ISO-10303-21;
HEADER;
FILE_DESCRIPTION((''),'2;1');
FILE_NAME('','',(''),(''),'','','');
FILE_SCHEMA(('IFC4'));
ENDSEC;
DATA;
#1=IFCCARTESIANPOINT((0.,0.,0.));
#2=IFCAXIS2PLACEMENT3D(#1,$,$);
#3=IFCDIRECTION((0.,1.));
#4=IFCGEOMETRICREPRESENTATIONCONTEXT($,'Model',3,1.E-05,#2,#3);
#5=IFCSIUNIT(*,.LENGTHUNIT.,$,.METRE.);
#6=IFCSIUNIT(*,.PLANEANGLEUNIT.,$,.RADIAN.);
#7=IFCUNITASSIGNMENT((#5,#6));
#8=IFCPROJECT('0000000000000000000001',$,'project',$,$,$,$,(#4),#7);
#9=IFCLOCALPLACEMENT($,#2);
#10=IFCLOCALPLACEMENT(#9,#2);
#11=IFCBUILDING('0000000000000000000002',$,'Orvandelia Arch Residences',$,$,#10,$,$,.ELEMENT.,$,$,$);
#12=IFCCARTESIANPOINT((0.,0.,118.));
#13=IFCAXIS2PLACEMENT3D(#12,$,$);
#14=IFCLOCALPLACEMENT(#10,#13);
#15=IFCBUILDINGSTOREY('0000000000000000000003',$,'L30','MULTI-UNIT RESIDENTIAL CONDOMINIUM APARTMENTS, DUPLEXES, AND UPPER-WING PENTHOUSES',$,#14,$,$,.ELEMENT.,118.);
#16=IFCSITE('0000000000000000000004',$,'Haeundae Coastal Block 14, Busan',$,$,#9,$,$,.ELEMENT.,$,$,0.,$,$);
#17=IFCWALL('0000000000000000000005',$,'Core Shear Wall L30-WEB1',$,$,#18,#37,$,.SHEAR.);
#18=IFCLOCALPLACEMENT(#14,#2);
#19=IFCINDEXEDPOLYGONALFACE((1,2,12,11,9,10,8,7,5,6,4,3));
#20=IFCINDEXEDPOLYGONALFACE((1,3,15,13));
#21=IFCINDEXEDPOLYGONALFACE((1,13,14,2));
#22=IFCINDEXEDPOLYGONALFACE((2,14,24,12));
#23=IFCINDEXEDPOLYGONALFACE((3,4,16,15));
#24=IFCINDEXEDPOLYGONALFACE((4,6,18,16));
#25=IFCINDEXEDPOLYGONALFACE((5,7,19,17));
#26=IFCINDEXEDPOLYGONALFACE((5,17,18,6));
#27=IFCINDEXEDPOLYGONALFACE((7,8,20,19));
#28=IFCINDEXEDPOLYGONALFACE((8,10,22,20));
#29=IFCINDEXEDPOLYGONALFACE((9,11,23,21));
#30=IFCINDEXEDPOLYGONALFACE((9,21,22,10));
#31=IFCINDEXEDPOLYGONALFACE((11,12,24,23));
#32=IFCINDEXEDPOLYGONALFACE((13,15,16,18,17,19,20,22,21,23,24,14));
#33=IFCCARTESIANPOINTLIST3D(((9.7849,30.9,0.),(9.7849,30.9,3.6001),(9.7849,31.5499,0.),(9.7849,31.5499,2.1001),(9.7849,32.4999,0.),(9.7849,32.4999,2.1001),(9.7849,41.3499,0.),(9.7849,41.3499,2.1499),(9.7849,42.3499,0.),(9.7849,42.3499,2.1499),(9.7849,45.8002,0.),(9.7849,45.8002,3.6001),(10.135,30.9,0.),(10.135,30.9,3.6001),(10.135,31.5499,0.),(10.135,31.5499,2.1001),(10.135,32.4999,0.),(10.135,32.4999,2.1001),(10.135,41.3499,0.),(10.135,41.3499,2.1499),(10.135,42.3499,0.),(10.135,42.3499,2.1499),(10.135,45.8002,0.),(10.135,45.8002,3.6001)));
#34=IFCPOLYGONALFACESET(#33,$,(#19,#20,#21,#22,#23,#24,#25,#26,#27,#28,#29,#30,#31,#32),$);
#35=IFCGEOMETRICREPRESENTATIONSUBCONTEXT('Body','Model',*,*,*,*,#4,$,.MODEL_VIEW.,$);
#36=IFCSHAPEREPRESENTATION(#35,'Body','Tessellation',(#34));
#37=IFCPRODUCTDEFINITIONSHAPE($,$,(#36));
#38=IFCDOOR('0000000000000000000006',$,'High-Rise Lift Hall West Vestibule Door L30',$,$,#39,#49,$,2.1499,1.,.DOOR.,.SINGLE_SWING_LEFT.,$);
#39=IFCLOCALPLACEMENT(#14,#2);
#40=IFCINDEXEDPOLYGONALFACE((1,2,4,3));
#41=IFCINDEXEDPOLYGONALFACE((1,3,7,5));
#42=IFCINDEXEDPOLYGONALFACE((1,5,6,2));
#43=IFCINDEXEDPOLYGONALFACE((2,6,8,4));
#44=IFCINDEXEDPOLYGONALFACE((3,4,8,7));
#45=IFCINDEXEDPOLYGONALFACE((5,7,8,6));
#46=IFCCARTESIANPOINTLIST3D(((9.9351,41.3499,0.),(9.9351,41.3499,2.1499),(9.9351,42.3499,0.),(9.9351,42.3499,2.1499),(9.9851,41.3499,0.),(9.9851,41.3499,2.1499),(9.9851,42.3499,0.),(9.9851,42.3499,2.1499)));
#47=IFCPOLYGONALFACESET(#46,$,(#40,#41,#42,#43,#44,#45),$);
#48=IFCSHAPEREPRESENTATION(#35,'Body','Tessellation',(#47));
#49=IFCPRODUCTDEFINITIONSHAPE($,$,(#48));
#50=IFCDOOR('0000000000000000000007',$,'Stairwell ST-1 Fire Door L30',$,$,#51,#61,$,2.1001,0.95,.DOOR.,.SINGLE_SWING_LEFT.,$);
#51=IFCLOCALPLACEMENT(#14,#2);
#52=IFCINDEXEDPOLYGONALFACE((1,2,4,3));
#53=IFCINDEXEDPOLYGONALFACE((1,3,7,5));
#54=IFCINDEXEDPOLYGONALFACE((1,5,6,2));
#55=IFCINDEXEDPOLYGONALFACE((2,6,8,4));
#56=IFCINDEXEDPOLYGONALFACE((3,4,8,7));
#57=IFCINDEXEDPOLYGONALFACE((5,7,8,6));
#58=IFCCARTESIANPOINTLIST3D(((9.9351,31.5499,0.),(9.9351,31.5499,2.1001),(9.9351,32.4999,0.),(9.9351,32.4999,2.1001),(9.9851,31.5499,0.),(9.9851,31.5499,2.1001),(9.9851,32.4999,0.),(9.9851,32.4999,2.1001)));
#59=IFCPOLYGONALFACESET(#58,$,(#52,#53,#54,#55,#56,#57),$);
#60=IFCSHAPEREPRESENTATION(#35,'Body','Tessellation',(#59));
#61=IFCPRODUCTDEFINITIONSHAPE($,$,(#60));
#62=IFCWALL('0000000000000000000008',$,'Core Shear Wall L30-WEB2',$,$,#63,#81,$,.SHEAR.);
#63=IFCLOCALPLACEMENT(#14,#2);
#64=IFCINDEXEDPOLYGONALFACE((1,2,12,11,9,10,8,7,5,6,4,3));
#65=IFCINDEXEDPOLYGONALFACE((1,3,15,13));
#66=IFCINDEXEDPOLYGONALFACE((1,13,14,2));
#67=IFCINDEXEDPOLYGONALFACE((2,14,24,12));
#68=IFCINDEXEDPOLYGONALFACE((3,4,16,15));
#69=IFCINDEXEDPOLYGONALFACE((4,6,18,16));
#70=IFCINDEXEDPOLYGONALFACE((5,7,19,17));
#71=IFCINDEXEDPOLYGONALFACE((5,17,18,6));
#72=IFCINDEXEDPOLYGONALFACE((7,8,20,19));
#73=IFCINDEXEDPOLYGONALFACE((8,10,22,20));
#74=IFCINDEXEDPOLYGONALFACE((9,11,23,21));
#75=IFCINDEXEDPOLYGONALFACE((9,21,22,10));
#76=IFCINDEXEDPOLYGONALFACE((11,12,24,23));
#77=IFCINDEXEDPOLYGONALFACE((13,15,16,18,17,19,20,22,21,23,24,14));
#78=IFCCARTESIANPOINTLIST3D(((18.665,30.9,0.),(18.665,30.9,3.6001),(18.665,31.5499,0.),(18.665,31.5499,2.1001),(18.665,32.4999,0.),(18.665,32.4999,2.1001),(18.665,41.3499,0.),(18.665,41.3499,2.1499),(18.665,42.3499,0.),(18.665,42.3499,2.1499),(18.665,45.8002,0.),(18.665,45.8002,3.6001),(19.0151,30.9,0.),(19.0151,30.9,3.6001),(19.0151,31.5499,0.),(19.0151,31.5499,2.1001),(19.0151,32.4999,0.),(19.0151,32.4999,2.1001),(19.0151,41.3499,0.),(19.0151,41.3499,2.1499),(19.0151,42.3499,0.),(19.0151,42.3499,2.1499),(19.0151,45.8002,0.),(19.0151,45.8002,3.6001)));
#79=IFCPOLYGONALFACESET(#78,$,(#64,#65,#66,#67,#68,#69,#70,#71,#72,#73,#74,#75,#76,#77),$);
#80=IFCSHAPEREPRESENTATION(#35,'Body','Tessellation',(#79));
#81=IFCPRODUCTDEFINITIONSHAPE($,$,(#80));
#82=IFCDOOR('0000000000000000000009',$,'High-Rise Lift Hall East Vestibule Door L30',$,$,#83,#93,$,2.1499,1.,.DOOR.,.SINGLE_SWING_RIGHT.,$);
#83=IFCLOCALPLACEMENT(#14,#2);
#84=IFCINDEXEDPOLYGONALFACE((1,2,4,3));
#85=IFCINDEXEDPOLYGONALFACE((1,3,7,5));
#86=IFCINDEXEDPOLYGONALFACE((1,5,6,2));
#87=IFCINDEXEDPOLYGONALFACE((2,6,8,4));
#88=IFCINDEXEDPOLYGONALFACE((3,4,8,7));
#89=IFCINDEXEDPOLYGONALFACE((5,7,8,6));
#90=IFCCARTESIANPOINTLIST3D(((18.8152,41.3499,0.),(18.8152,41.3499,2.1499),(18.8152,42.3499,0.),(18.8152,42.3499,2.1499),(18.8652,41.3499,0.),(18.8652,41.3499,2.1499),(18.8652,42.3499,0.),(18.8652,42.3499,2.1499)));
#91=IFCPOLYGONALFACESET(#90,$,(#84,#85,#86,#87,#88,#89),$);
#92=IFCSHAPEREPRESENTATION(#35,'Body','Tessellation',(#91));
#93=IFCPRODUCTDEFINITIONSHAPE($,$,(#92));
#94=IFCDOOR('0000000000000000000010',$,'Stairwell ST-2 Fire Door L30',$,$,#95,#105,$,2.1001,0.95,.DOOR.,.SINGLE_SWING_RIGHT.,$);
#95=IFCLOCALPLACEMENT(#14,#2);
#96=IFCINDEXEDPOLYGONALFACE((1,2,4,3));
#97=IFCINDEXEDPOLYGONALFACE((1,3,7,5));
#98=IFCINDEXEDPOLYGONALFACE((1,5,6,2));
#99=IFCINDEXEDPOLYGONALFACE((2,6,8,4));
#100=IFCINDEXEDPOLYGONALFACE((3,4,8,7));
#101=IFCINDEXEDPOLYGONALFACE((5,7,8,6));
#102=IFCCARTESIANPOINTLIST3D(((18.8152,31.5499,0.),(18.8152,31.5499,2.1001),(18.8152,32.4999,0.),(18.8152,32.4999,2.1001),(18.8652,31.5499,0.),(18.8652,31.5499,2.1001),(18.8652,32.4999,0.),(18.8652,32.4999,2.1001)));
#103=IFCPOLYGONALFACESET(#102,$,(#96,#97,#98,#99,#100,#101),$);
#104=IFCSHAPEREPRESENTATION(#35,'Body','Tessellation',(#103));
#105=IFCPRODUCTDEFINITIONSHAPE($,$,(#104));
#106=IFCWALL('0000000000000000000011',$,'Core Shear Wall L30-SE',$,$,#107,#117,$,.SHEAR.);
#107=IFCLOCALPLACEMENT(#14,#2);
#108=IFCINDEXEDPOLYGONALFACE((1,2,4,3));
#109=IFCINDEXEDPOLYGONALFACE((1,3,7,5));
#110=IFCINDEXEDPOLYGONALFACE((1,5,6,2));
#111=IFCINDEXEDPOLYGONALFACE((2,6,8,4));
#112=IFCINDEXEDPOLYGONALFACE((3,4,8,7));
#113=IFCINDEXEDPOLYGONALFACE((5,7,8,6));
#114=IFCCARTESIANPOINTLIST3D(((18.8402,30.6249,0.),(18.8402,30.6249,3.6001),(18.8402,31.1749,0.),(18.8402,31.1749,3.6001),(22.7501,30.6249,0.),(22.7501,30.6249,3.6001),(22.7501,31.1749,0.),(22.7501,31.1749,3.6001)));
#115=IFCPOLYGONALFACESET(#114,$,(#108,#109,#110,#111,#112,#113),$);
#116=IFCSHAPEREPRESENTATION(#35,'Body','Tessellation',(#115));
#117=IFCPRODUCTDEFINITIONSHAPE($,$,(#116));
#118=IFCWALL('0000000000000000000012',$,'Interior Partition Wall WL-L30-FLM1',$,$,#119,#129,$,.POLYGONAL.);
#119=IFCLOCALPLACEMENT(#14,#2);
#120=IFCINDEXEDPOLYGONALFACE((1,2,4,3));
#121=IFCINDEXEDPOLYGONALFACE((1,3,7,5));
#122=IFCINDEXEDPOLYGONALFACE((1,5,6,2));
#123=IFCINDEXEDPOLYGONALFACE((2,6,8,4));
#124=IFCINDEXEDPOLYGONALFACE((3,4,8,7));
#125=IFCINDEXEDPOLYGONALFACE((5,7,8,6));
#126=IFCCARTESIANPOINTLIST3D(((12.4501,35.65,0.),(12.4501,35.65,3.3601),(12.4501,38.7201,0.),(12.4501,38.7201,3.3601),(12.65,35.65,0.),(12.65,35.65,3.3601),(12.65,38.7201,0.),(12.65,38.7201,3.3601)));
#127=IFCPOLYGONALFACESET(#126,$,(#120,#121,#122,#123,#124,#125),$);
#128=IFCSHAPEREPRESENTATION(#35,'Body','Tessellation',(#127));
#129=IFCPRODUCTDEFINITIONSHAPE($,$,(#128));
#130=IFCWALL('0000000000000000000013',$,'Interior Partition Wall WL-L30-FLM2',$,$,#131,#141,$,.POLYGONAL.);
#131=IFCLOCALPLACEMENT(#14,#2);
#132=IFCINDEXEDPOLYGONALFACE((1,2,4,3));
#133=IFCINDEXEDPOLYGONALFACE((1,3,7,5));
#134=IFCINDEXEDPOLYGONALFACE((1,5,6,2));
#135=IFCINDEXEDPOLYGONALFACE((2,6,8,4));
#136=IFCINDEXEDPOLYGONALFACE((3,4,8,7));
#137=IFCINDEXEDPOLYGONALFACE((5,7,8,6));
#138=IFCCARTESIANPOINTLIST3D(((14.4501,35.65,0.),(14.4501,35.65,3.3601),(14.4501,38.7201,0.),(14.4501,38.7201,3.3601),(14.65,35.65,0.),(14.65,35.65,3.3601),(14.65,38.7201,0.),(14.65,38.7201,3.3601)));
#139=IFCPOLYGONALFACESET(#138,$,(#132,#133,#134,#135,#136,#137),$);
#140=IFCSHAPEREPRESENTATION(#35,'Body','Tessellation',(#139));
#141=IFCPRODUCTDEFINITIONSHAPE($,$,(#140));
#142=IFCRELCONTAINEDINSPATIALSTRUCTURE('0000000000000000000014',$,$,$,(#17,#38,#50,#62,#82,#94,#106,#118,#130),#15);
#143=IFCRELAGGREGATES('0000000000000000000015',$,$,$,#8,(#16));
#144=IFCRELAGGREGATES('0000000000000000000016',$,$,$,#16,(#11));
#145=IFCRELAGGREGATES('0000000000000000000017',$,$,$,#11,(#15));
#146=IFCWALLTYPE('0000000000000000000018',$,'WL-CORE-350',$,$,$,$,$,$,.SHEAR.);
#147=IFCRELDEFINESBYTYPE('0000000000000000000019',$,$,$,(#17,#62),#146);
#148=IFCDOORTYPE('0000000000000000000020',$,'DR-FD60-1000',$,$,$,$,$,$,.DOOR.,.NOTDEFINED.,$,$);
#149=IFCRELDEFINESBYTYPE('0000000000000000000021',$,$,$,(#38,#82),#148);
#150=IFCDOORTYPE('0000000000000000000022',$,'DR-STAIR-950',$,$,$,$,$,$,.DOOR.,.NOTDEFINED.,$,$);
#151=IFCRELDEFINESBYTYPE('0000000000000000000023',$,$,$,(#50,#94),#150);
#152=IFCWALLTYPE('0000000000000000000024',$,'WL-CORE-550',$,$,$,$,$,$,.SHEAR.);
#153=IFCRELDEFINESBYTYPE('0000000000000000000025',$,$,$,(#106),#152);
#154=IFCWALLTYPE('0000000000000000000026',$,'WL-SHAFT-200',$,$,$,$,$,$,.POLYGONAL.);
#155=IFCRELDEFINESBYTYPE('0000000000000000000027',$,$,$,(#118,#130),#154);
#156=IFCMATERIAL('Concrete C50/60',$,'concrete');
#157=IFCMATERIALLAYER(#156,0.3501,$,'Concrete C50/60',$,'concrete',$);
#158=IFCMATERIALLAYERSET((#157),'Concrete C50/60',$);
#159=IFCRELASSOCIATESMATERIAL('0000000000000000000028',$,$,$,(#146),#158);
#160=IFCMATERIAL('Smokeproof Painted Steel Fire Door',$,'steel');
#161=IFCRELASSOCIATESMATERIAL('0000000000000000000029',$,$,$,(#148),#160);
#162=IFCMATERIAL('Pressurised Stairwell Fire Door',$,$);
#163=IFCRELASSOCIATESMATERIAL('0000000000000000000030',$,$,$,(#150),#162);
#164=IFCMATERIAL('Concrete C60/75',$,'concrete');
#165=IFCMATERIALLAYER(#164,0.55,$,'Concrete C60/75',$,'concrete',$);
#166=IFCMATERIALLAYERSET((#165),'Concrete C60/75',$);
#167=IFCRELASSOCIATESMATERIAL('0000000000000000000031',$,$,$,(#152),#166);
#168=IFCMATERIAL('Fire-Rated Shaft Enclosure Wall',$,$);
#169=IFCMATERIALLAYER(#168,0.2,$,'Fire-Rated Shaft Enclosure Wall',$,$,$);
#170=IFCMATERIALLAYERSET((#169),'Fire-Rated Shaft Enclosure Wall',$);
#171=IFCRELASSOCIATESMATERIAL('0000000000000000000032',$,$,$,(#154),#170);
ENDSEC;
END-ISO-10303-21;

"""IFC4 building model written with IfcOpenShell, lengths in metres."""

from ifc_helpers import new_model, si_unit, direction, frame, frame_2d, origin, place, context, subcontext, project, spatial, rectangle, extrude, material, layer, layer_set, type_object, element, fill, save


model = new_model("IFC4")

# Units and contexts
model_context = context("Model", 3, precision=1e-05, world=origin(), true_north=direction((0.0, 1.0)))
body_context = subcontext(model_context, "Body", "Model", "MODEL_VIEW")
ifc_project = project(units=[si_unit("LENGTHUNIT", "METRE"), si_unit("PLANEANGLEUNIT", "RADIAN")], contexts=[model_context])

# Site, building, storey
site_placement = place(None, origin())
site = spatial("IfcSite", under=ifc_project, at=site_placement, Name="Haeundae Coastal Block 14, Busan", CompositionType="ELEMENT", RefElevation=0.0)
building_placement = place(site_placement, origin())
building = spatial("IfcBuilding", under=site, at=building_placement, Name="Orvandelia Arch Residences", CompositionType="ELEMENT")
storey_placement = place(building_placement, frame((0.0, 0.0, 118.0)))
storey = spatial("IfcBuildingStorey", under=building, at=storey_placement, Name="L30", Description="MULTI-UNIT RESIDENTIAL CONDOMINIUM APARTMENTS, DUPLEXES, AND UPPER-WING PENTHOUSES", CompositionType="ELEMENT", Elevation=118.0)

# Walls, openings, doors
ifc_material_1 = material(Name="Concrete C50/60", Category="concrete")
ifc_layer_1 = layer(ifc_material_1, 0.3501, Name="Concrete C50/60", Category="concrete")
ifc_layer_set_1 = layer_set([ifc_layer_1], Name="Concrete C50/60")
wall_type_1 = type_object("IfcWallType", Name="WL-CORE-350", PredefinedType="SHEAR", material=ifc_layer_set_1)
wall_1_placement = place(storey_placement, frame((9.96, 30.8999, 0.0), z_axis=(0.0, 0.0, 1.0), x_axis=(0.0, 1.0, 0.0)))
wall_1 = element("IfcWall", 1, at=wall_1_placement, inside=storey, type_object=wall_type_1, Name="Core Shear Wall L30-WEB1", PredefinedType="SHEAR", context=body_context, shape_type="SweptSolid", body=[
    extrude(rectangle(XDim=14.9001, YDim=0.3501, at=frame_2d((7.4502, 0.0))), origin(), (0.0, 0.0, 1.0), 3.6001),
])
opening_1_placement = place(wall_1_placement, frame((0.6499, 0.0, 0.0)))
opening_1 = element("IfcOpeningElement", 2, at=opening_1_placement, cuts=wall_1, PredefinedType="OPENING", context=body_context, shape_type="SweptSolid", body=[
    extrude(rectangle(XDim=0.95, YDim=2.1001, at=frame_2d((0.4751, 1.05))), frame((0.0, 0.1851, 0.0), z_axis=(0.0, -1.0, 0.0), x_axis=(1.0, 0.0, 0.0)), (0.0, 0.0, 1.0), 0.3701),
])
opening_2_placement = place(wall_1_placement, frame((10.45, 0.0, 0.0)))
opening_2 = element("IfcOpeningElement", 3, at=opening_2_placement, cuts=wall_1, PredefinedType="OPENING", context=body_context, shape_type="SweptSolid", body=[
    extrude(rectangle(XDim=1.0, YDim=2.1499, at=frame_2d((0.5, 1.075))), frame((0.0, 0.1851, 0.0), z_axis=(0.0, -1.0, 0.0), x_axis=(1.0, 0.0, 0.0)), (0.0, 0.0, 1.0), 0.3701),
])
ifc_material_2 = material(Name="Smokeproof Painted Steel Fire Door", Category="steel")
door_type_1 = type_object("IfcDoorType", Name="DR-FD60-1000", OperationType="NOTDEFINED", PredefinedType="DOOR", material=ifc_material_2)
door_1_placement = place(opening_2_placement, origin())
door_1 = element("IfcDoor", 4, at=door_1_placement, inside=storey, type_object=door_type_1, Name="High-Rise Lift Hall West Vestibule Door L30", OperationType="SINGLE_SWING_LEFT", OverallHeight=2.1499, OverallWidth=1.0, PredefinedType="DOOR", context=body_context, shape_type="SweptSolid", body=[
    extrude(rectangle(XDim=1.0, YDim=2.1499, at=frame_2d((0.5, 1.075))), frame((0.0, 0.0249, 0.0), z_axis=(0.0, -1.0, 0.0), x_axis=(1.0, 0.0, 0.0)), (0.0, 0.0, 1.0), 0.05),
])
fill(opening_2, door_1)
ifc_material_3 = material(Name="Pressurised Stairwell Fire Door")
door_type_2 = type_object("IfcDoorType", Name="DR-STAIR-950", OperationType="NOTDEFINED", PredefinedType="DOOR", material=ifc_material_3)
door_2_placement = place(opening_1_placement, origin())
door_2 = element("IfcDoor", 5, at=door_2_placement, inside=storey, type_object=door_type_2, Name="Stairwell ST-1 Fire Door L30", OperationType="SINGLE_SWING_LEFT", OverallHeight=2.1001, OverallWidth=0.95, PredefinedType="DOOR", context=body_context, shape_type="SweptSolid", body=[
    extrude(rectangle(XDim=0.95, YDim=2.1001, at=frame_2d((0.4751, 1.05))), frame((0.0, 0.0249, 0.0), z_axis=(0.0, -1.0, 0.0), x_axis=(1.0, 0.0, 0.0)), (0.0, 0.0, 1.0), 0.05),
])
fill(opening_1, door_2)
wall_2_placement = place(storey_placement, frame((18.8401, 30.8999, 0.0), z_axis=(0.0, 0.0, 1.0), x_axis=(0.0, 1.0, 0.0)))
wall_2 = element("IfcWall", 6, at=wall_2_placement, inside=storey, type_object=wall_type_1, Name="Core Shear Wall L30-WEB2", PredefinedType="SHEAR", context=body_context, shape_type="SweptSolid", body=[
    extrude(rectangle(XDim=14.9001, YDim=0.3501, at=frame_2d((7.4502, 0.0))), origin(), (0.0, 0.0, 1.0), 3.6001),
])
opening_3_placement = place(wall_2_placement, frame((0.6499, 0.0, 0.0)))
opening_3 = element("IfcOpeningElement", 7, at=opening_3_placement, cuts=wall_2, PredefinedType="OPENING", context=body_context, shape_type="SweptSolid", body=[
    extrude(rectangle(XDim=0.95, YDim=2.1001, at=frame_2d((0.4751, 1.05))), frame((0.0, 0.1851, 0.0), z_axis=(0.0, -1.0, 0.0), x_axis=(1.0, 0.0, 0.0)), (0.0, 0.0, 1.0), 0.3701),
])
opening_4_placement = place(wall_2_placement, frame((10.45, 0.0, 0.0)))
opening_4 = element("IfcOpeningElement", 8, at=opening_4_placement, cuts=wall_2, PredefinedType="OPENING", context=body_context, shape_type="SweptSolid", body=[
    extrude(rectangle(XDim=1.0, YDim=2.1499, at=frame_2d((0.5, 1.075))), frame((0.0, 0.1851, 0.0), z_axis=(0.0, -1.0, 0.0), x_axis=(1.0, 0.0, 0.0)), (0.0, 0.0, 1.0), 0.3701),
])
door_3_placement = place(opening_4_placement, origin())
door_3 = element("IfcDoor", 9, at=door_3_placement, inside=storey, type_object=door_type_1, Name="High-Rise Lift Hall East Vestibule Door L30", OperationType="SINGLE_SWING_RIGHT", OverallHeight=2.1499, OverallWidth=1.0, PredefinedType="DOOR", context=body_context, shape_type="SweptSolid", body=[
    extrude(rectangle(XDim=1.0, YDim=2.1499, at=frame_2d((0.5, 1.075))), frame((0.0, 0.0249, 0.0), z_axis=(0.0, -1.0, 0.0), x_axis=(1.0, 0.0, 0.0)), (0.0, 0.0, 1.0), 0.05),
])
fill(opening_4, door_3)
door_4_placement = place(opening_3_placement, origin())
door_4 = element("IfcDoor", 10, at=door_4_placement, inside=storey, type_object=door_type_2, Name="Stairwell ST-2 Fire Door L30", OperationType="SINGLE_SWING_RIGHT", OverallHeight=2.1001, OverallWidth=0.95, PredefinedType="DOOR", context=body_context, shape_type="SweptSolid", body=[
    extrude(rectangle(XDim=0.95, YDim=2.1001, at=frame_2d((0.4751, 1.05))), frame((0.0, 0.0249, 0.0), z_axis=(0.0, -1.0, 0.0), x_axis=(1.0, 0.0, 0.0)), (0.0, 0.0, 1.0), 0.05),
])
fill(opening_3, door_4)

# Shared definitions
ifc_material_4 = material(Name="Concrete C60/75", Category="concrete")
ifc_layer_2 = layer(ifc_material_4, 0.55, Name="Concrete C60/75", Category="concrete")
ifc_layer_set_2 = layer_set([ifc_layer_2], Name="Concrete C60/75")
wall_type_2 = type_object("IfcWallType", Name="WL-CORE-550", PredefinedType="SHEAR", material=ifc_layer_set_2)

# Walls
wall_3_placement = place(storey_placement, frame((18.8401, 30.8999, 0.0), z_axis=(0.0, 0.0, 1.0), x_axis=(1.0, 0.0, 0.0)))
element("IfcWall", 11, at=wall_3_placement, inside=storey, type_object=wall_type_2, Name="Core Shear Wall L30-SE", PredefinedType="SHEAR", context=body_context, shape_type="SweptSolid", body=[
    extrude(rectangle(XDim=3.9099, YDim=0.55, at=frame_2d((1.9551, 0.0))), origin(), (0.0, 0.0, 1.0), 3.6001),
])
ifc_material_5 = material(Name="Fire-Rated Shaft Enclosure Wall")
ifc_layer_3 = layer(ifc_material_5, 0.2, Name="Fire-Rated Shaft Enclosure Wall")
ifc_layer_set_3 = layer_set([ifc_layer_3], Name="Fire-Rated Shaft Enclosure Wall")
wall_type_3 = type_object("IfcWallType", Name="WL-SHAFT-200", PredefinedType="POLYGONAL", material=ifc_layer_set_3)
for number, where, z_axis, x_axis, name in (
    (12, (12.55, 35.6499, 0.0), (0.0, 0.0, 1.0), (0.0, 1.0, 0.0), "Interior Partition Wall WL-L30-FLM1"),
    (13, (14.55, 35.6499, 0.0), (0.0, 0.0, 1.0), (0.0, 1.0, 0.0), "Interior Partition Wall WL-L30-FLM2"),
):
    element("IfcWall", number, at=place(storey_placement, frame(where, z_axis=z_axis, x_axis=x_axis)), inside=storey, type_object=wall_type_3, Name=name, PredefinedType="POLYGONAL", context=body_context, shape_type="SweptSolid", body=[
        extrude(rectangle(XDim=3.0701, YDim=0.2, at=frame_2d((1.5352, 0.0))), origin(), (0.0, 0.0, 1.0), 3.3601),
    ])

save(model, "model.ifc")
